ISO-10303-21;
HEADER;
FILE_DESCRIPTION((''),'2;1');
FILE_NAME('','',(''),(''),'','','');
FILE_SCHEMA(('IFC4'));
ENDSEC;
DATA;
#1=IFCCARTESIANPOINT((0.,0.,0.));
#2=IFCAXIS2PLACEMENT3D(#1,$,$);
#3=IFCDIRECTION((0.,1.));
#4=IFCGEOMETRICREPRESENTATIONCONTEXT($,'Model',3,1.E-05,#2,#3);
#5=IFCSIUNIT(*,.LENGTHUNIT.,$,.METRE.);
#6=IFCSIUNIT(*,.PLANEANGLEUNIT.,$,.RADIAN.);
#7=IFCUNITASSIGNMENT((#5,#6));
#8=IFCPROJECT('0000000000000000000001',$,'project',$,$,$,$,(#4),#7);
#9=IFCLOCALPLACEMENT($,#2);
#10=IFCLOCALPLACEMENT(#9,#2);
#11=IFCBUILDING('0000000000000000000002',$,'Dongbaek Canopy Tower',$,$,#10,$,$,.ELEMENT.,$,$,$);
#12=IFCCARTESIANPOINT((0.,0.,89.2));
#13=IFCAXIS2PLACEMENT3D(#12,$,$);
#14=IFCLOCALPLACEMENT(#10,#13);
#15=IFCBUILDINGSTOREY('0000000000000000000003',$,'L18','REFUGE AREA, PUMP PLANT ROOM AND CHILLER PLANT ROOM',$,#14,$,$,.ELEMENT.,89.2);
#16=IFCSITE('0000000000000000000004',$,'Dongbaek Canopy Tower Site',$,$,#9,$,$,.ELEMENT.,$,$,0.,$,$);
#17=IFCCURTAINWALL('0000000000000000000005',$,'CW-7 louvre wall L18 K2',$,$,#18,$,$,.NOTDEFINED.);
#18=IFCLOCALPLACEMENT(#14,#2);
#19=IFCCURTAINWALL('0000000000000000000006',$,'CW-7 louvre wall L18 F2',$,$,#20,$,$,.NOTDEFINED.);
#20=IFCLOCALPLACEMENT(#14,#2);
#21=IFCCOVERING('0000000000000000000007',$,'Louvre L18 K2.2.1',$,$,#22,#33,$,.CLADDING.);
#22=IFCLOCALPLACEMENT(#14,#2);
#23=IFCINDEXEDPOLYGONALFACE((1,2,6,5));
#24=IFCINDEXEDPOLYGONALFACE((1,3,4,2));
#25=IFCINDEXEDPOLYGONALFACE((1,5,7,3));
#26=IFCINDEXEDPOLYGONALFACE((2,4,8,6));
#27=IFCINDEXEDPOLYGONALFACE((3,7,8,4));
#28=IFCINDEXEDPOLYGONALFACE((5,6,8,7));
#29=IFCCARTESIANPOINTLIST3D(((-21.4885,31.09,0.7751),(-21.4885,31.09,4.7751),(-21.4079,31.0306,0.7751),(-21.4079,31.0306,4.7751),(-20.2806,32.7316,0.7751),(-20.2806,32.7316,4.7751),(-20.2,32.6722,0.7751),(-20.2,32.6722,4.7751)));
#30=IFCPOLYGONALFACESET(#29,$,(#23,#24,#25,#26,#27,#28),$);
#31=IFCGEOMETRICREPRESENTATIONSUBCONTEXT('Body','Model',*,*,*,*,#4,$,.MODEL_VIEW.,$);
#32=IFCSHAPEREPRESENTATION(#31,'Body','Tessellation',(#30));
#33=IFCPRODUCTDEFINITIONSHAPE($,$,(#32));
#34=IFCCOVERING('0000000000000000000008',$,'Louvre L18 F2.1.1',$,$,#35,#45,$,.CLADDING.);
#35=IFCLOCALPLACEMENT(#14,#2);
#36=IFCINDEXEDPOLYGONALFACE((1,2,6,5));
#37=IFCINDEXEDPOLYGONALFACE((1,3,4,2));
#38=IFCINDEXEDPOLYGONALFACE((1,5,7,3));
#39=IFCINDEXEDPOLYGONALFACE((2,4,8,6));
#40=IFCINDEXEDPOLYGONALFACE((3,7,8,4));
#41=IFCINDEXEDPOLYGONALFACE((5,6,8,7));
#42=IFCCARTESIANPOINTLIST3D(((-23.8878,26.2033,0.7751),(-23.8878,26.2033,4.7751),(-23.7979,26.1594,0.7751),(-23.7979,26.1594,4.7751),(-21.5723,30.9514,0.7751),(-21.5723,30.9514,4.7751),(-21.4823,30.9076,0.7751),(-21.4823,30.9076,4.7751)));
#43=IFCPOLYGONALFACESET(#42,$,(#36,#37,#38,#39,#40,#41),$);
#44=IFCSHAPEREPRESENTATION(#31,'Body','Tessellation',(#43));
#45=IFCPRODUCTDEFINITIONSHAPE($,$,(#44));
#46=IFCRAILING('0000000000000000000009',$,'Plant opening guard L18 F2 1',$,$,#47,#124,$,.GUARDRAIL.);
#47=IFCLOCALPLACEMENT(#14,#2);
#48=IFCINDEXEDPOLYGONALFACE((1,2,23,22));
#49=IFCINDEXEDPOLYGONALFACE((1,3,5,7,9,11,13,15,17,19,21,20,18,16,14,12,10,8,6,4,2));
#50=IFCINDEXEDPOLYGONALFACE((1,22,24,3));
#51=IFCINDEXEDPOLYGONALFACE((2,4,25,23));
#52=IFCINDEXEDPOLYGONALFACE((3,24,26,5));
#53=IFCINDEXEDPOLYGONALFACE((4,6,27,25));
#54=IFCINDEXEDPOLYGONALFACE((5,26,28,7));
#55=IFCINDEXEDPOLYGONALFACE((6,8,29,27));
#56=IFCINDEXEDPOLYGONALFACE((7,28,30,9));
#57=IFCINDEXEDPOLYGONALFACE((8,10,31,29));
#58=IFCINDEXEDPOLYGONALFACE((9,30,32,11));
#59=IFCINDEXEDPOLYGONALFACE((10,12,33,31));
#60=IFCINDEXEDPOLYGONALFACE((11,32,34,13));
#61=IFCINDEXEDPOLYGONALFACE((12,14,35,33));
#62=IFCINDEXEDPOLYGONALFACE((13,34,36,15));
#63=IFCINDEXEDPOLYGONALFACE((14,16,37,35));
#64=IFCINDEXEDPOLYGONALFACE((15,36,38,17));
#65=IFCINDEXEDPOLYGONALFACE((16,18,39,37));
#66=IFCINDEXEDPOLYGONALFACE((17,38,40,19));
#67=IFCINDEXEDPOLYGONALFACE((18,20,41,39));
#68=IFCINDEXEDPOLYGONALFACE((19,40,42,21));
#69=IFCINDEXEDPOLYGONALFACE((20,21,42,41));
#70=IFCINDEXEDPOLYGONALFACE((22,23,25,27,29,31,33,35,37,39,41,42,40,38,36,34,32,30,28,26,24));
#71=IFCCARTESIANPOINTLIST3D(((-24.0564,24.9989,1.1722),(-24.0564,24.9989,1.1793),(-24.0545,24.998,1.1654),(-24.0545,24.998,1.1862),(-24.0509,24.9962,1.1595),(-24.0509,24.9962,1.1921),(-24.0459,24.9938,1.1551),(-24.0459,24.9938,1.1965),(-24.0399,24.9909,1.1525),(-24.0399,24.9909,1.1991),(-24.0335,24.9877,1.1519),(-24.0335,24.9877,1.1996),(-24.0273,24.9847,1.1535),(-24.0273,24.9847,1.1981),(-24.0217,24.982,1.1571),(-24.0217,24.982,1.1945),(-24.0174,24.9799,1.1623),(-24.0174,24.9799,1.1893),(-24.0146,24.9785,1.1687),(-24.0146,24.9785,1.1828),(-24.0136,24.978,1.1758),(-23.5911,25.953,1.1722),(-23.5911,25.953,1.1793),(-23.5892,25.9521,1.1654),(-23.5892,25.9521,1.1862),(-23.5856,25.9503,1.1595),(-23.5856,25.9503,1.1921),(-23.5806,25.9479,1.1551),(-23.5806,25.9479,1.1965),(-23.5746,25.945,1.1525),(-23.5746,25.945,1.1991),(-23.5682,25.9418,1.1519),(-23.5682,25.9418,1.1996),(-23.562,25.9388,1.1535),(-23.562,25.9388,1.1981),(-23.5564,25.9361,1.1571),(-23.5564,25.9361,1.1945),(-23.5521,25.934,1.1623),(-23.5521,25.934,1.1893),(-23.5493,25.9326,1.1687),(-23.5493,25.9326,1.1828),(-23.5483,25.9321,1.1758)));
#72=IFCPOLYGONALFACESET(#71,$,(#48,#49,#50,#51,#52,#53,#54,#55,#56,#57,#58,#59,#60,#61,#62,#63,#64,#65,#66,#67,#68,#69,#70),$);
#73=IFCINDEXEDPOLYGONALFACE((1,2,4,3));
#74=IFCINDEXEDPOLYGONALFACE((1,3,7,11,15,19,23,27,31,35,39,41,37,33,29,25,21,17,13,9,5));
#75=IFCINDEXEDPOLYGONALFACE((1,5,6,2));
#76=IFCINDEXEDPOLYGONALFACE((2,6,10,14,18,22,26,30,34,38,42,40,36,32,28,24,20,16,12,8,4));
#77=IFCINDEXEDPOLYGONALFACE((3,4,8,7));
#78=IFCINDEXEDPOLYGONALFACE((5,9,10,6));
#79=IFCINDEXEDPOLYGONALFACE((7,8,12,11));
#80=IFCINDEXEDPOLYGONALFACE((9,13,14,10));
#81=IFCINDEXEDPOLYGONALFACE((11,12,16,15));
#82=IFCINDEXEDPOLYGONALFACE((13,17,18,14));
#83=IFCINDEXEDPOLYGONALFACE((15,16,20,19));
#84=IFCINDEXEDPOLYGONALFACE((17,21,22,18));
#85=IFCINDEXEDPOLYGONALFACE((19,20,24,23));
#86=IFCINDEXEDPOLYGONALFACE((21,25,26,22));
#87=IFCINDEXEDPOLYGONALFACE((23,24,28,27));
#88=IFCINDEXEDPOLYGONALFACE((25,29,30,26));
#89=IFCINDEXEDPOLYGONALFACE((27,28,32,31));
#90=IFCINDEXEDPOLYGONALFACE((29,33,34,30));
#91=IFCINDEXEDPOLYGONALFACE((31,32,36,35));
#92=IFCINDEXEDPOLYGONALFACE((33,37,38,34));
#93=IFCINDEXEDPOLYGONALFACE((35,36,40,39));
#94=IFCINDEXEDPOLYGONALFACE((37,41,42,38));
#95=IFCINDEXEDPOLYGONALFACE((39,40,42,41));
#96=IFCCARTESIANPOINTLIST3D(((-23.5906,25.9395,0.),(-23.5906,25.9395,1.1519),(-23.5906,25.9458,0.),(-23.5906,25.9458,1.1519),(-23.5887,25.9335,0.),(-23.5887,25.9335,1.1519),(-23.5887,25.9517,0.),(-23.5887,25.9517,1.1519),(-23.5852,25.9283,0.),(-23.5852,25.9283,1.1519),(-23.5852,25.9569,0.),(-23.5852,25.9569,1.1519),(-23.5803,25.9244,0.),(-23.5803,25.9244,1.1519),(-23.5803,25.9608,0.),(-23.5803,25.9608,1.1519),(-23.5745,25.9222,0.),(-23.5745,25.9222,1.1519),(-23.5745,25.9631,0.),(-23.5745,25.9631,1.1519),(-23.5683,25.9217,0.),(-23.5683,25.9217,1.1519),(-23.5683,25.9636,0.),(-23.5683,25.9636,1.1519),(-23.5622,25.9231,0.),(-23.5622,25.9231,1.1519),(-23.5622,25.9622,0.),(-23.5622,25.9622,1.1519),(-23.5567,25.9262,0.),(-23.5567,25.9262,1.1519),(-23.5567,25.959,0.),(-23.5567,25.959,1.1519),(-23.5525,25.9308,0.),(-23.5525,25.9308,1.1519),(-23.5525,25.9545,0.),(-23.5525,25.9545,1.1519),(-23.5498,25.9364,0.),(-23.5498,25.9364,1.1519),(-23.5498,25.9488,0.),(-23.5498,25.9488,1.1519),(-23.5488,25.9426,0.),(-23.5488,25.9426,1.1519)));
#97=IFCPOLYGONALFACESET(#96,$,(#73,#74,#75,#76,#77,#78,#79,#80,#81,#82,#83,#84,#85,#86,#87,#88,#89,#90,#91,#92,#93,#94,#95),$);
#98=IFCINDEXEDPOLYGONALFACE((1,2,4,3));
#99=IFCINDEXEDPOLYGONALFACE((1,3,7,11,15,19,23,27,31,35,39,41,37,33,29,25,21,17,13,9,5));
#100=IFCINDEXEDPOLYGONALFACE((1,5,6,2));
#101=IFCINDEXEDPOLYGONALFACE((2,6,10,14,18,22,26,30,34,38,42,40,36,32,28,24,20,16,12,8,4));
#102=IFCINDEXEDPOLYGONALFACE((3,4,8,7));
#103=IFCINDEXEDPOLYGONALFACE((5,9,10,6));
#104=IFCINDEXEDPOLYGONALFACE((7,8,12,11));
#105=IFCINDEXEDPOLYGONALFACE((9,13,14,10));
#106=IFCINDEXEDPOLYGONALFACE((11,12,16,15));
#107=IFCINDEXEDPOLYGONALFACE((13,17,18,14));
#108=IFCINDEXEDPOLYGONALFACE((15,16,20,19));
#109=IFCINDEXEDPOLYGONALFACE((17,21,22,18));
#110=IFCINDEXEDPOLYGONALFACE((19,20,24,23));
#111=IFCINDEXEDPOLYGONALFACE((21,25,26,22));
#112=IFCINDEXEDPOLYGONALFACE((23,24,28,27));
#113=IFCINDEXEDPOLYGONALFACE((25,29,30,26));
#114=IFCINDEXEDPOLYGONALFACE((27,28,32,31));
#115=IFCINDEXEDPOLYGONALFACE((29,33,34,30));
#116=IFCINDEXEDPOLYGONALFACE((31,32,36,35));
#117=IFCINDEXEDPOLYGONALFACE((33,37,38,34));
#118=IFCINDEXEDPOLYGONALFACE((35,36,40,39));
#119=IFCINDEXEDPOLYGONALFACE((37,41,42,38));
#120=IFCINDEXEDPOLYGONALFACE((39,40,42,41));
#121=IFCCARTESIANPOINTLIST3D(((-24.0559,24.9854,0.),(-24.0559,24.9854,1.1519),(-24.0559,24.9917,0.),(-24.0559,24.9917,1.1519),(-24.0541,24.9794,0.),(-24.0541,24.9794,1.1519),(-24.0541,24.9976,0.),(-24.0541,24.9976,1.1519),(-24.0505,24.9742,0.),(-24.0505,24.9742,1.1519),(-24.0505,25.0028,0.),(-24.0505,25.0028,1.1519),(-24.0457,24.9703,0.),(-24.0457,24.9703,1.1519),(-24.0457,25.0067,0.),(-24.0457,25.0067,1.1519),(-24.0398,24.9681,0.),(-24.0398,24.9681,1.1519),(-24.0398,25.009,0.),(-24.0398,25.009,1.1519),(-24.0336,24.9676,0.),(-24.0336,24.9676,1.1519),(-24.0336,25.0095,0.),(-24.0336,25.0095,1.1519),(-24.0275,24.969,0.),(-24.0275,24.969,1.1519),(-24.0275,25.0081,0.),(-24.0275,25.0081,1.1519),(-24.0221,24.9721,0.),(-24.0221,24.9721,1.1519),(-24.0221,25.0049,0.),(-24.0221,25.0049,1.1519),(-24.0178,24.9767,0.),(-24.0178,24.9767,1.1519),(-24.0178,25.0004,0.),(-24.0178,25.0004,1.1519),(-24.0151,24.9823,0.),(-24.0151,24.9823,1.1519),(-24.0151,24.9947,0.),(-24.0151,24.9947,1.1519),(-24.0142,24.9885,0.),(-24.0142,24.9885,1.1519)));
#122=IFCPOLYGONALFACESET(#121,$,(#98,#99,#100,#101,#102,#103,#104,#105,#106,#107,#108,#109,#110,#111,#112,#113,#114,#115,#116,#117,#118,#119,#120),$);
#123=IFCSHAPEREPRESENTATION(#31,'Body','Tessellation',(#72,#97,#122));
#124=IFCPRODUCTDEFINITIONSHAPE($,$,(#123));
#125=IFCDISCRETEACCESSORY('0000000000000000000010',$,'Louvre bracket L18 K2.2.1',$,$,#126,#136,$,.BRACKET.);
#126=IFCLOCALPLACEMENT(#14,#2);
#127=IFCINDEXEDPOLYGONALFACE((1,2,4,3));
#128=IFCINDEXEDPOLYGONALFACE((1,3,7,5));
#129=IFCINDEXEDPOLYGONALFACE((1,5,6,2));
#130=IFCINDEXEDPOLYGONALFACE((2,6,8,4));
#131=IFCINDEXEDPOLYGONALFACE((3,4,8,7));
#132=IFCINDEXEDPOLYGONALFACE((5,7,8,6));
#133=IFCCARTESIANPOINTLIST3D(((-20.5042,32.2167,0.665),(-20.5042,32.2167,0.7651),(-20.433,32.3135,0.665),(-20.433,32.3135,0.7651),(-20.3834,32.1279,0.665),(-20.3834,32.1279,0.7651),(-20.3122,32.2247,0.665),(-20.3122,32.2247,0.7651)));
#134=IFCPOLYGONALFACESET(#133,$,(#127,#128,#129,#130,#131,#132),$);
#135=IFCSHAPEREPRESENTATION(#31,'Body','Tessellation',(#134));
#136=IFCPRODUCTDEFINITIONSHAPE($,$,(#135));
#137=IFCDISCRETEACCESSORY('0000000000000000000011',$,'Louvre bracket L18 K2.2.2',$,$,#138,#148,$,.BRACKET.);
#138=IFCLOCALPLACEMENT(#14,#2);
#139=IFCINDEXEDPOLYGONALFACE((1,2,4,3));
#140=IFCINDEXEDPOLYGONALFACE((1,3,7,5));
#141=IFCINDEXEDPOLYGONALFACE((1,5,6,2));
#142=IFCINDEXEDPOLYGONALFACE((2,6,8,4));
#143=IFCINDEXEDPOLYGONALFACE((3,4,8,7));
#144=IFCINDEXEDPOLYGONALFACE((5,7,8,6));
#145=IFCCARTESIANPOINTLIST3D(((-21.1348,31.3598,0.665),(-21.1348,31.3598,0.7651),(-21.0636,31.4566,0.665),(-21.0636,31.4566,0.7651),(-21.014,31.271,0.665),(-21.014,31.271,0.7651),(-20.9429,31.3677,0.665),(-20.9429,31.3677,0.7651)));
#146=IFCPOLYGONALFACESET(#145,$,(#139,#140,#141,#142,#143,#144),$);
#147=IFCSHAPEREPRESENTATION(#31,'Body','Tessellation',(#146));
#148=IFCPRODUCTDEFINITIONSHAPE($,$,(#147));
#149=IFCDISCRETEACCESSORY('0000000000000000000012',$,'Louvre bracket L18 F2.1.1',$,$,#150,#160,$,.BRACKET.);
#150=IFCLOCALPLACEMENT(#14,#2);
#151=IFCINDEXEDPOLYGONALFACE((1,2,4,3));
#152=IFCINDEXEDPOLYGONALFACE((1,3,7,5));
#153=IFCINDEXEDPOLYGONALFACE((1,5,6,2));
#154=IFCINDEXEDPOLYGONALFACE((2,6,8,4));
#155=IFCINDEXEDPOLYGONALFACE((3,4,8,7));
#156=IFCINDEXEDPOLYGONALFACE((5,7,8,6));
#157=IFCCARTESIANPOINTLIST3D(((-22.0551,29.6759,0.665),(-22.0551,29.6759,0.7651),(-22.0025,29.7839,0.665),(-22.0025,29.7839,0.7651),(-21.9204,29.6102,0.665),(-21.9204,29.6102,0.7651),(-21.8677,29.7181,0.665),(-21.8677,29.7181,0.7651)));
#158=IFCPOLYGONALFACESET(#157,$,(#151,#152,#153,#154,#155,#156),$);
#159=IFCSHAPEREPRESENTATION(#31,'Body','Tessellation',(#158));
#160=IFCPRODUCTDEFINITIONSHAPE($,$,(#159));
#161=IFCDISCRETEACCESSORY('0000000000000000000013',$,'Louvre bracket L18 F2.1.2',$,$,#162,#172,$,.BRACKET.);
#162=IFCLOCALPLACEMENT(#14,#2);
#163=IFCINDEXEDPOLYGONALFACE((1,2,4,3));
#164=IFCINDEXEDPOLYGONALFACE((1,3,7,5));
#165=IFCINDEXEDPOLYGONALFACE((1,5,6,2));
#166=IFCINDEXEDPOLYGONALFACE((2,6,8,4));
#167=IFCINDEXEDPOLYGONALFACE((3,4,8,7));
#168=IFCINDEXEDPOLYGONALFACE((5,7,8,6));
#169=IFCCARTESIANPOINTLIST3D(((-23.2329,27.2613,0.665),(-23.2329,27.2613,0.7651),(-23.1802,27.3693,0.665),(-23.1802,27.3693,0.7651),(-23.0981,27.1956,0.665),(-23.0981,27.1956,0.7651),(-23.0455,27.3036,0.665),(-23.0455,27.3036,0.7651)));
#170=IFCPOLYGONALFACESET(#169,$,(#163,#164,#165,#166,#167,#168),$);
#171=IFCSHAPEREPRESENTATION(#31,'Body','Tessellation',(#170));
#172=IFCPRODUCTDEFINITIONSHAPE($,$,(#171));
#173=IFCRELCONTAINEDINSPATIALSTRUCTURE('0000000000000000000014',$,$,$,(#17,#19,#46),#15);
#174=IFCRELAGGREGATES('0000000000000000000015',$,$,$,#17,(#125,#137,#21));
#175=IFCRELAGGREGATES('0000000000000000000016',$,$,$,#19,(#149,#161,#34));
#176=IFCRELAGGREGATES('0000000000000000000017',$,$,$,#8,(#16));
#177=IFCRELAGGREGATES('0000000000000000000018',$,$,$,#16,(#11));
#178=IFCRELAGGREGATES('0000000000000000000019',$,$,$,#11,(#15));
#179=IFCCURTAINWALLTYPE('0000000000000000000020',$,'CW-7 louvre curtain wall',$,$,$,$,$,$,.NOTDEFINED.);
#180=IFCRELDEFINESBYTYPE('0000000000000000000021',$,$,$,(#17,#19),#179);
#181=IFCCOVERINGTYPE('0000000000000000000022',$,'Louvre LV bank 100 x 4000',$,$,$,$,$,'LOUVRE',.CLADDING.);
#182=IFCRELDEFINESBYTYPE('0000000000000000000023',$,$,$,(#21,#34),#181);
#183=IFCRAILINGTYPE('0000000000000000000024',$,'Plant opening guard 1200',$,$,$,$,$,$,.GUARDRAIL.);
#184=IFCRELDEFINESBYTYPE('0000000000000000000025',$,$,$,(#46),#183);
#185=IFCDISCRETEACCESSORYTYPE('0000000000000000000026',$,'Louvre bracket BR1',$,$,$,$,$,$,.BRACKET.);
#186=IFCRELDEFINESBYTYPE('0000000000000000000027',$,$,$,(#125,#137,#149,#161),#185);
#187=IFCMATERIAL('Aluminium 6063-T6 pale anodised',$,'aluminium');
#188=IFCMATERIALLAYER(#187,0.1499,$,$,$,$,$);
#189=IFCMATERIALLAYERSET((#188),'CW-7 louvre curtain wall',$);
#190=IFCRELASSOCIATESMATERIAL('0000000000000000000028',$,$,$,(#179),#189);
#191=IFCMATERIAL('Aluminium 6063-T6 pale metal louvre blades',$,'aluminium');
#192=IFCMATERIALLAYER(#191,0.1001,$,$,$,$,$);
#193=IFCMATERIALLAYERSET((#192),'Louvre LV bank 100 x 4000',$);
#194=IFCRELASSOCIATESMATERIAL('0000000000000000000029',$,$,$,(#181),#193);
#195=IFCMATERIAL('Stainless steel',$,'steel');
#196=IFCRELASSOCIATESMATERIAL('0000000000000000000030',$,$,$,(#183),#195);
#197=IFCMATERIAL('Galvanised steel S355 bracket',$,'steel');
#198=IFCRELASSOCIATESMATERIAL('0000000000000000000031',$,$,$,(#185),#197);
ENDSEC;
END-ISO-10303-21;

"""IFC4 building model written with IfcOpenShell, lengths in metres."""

from ifc_helpers import new_model, si_unit, direction, frame, origin, origin_2d, place, context, subcontext, project, spatial, rectangle, circle, extrude, material, layer, layer_set, type_object, element, aggregate, save


model = new_model("IFC4")

# Units and contexts
model_context = context("Model", 3, precision=1e-05, world=origin(), true_north=direction((0.0, 1.0)))
body_context = subcontext(model_context, "Body", "Model", "MODEL_VIEW")
ifc_project = project(units=[si_unit("LENGTHUNIT", "METRE"), si_unit("PLANEANGLEUNIT", "RADIAN")], contexts=[model_context])

# Site, building, storey
site_placement = place(None, origin())
site = spatial("IfcSite", under=ifc_project, at=site_placement, Name="Dongbaek Canopy Tower Site", CompositionType="ELEMENT", RefElevation=0.0)
building_placement = place(site_placement, origin())
building = spatial("IfcBuilding", under=site, at=building_placement, Name="Dongbaek Canopy Tower", CompositionType="ELEMENT")
storey_placement = place(building_placement, frame((0.0, 0.0, 89.2)))
storey = spatial("IfcBuildingStorey", under=building, at=storey_placement, Name="L18", Description="REFUGE AREA, PUMP PLANT ROOM AND CHILLER PLANT ROOM", CompositionType="ELEMENT", Elevation=89.2)

# Curtain walls
ifc_material_1 = material(Name="Aluminium 6063-T6 pale anodised", Category="aluminium")
ifc_layer_1 = layer(ifc_material_1, 0.1499)
ifc_layer_set_1 = layer_set([ifc_layer_1], Name="CW-7 louvre curtain wall")
curtain_wall_type = type_object("IfcCurtainWallType", Name="CW-7 louvre curtain wall", PredefinedType="NOTDEFINED", material=ifc_layer_set_1)
curtain_wall_1_placement = place(storey_placement, origin())
curtain_wall_1 = element("IfcCurtainWall", 1, at=curtain_wall_1_placement, inside=storey, type_object=curtain_wall_type, Name="CW-7 louvre wall L18 K2", PredefinedType="NOTDEFINED")
curtain_wall_2_placement = place(storey_placement, origin())
curtain_wall_2 = element("IfcCurtainWall", 2, at=curtain_wall_2_placement, inside=storey, type_object=curtain_wall_type, Name="CW-7 louvre wall L18 F2", PredefinedType="NOTDEFINED")

# Coverings
ifc_material_2 = material(Name="Aluminium 6063-T6 pale metal louvre blades", Category="aluminium")
ifc_layer_2 = layer(ifc_material_2, 0.1001)
ifc_layer_set_2 = layer_set([ifc_layer_2], Name="Louvre LV bank 100 x 4000")
covering_type = type_object("IfcCoveringType", Name="Louvre LV bank 100 x 4000", ElementType="LOUVRE", PredefinedType="CLADDING", material=ifc_layer_set_2)
covering_1_placement = place(storey_placement, frame((-20.8442, 31.8811, 0.7751), z_axis=(0.0, 0.0, 1.0), x_axis=(-0.592645, -0.805463, 0.0)))
covering_1 = element("IfcCovering", 3, at=covering_1_placement, type_object=covering_type, Name="Louvre L18 K2.2.1", PredefinedType="CLADDING", context=body_context, shape_type="SweptSolid", body=[
    extrude(rectangle(XDim=2.0381, YDim=0.1001, at=origin_2d()), origin(), (0.0, 0.0, 1.0), 4.0),
])
covering_2_placement = place(storey_placement, frame((-22.6851, 28.5554, 0.7751), z_axis=(0.0, 0.0, 1.0), x_axis=(-0.438328, -0.898815, 0.0)))
covering_2 = element("IfcCovering", 4, at=covering_2_placement, type_object=covering_type, Name="Louvre L18 F2.1.1", PredefinedType="CLADDING", context=body_context, shape_type="SweptSolid", body=[
    extrude(rectangle(XDim=5.2827, YDim=0.1001, at=origin_2d()), origin(), (0.0, 0.0, 1.0), 4.0),
])

# Railing
ifc_material_3 = material(Name="Stainless steel", Category="steel")
railing_type = type_object("IfcRailingType", Name="Plant opening guard 1200", PredefinedType="GUARDRAIL", material=ifc_material_3)
railing_placement = place(storey_placement, frame((-23.5698, 25.9426, 0.0)))
element("IfcRailing", 5, at=railing_placement, inside=storey, type_object=railing_type, Name="Plant opening guard L18 F2 1", PredefinedType="GUARDRAIL", context=body_context, shape_type="SweptSolid", body=[
    extrude(circle(Radius=0.0239, at=origin_2d()), frame((0.0, 0.0, 1.1758), z_axis=(-0.43836, -0.898799, 0.0), x_axis=(0.898799, -0.43836, 0.0)), (0.0, 0.0, 1.0), 1.0615),
    extrude(circle(Radius=0.021, at=origin_2d()), origin(), (0.0, 0.0, 1.0), 1.1519),
    extrude(circle(Radius=0.021, at=origin_2d()), frame((-0.4653, -0.9541, 0.0)), (0.0, 0.0, 1.0), 1.1519),
])

# Discrete accessories
ifc_material_4 = material(Name="Galvanised steel S355 bracket", Category="steel")
discrete_accessory_type = type_object("IfcDiscreteAccessoryType", Name="Louvre bracket BR1", PredefinedType="BRACKET", material=ifc_material_4)
discrete_accessory_1_placement = place(storey_placement, frame((-20.4082, 32.2207, 0.665), z_axis=(0.0, 0.0, 1.0), x_axis=(-0.592645, -0.805463, 0.0)))
discrete_accessory_1 = element("IfcDiscreteAccessory", 6, at=discrete_accessory_1_placement, type_object=discrete_accessory_type, Name="Louvre bracket L18 K2.2.1", PredefinedType="BRACKET", context=body_context, shape_type="SweptSolid", body=[
    extrude(rectangle(XDim=0.1201, YDim=0.1499, at=origin_2d()), origin(), (0.0, 0.0, 1.0), 0.1001),
])
discrete_accessory_2_placement = place(storey_placement, frame((-21.0388, 31.3638, 0.665), z_axis=(0.0, 0.0, 1.0), x_axis=(-0.592645, -0.805463, 0.0)))
discrete_accessory_2 = element("IfcDiscreteAccessory", 7, at=discrete_accessory_2_placement, type_object=discrete_accessory_type, Name="Louvre bracket L18 K2.2.2", PredefinedType="BRACKET", context=body_context, shape_type="SweptSolid", body=[
    extrude(rectangle(XDim=0.1201, YDim=0.1499, at=origin_2d()), origin(), (0.0, 0.0, 1.0), 0.1001),
])
aggregate(curtain_wall_1, [discrete_accessory_1, discrete_accessory_2, covering_1])
discrete_accessory_3_placement = place(storey_placement, frame((-21.9614, 29.697, 0.665), z_axis=(0.0, 0.0, 1.0), x_axis=(-0.438328, -0.898815, 0.0)))
discrete_accessory_3 = element("IfcDiscreteAccessory", 8, at=discrete_accessory_3_placement, type_object=discrete_accessory_type, Name="Louvre bracket L18 F2.1.1", PredefinedType="BRACKET", context=body_context, shape_type="SweptSolid", body=[
    extrude(rectangle(XDim=0.1201, YDim=0.1499, at=origin_2d()), origin(), (0.0, 0.0, 1.0), 0.1001),
])
discrete_accessory_4_placement = place(storey_placement, frame((-23.1392, 27.2825, 0.665), z_axis=(0.0, 0.0, 1.0), x_axis=(-0.438328, -0.898815, 0.0)))
discrete_accessory_4 = element("IfcDiscreteAccessory", 9, at=discrete_accessory_4_placement, type_object=discrete_accessory_type, Name="Louvre bracket L18 F2.1.2", PredefinedType="BRACKET", context=body_context, shape_type="SweptSolid", body=[
    extrude(rectangle(XDim=0.1201, YDim=0.1499, at=origin_2d()), origin(), (0.0, 0.0, 1.0), 0.1001),
])
aggregate(curtain_wall_2, [discrete_accessory_3, discrete_accessory_4, covering_2])

save(model, "model.ifc")
